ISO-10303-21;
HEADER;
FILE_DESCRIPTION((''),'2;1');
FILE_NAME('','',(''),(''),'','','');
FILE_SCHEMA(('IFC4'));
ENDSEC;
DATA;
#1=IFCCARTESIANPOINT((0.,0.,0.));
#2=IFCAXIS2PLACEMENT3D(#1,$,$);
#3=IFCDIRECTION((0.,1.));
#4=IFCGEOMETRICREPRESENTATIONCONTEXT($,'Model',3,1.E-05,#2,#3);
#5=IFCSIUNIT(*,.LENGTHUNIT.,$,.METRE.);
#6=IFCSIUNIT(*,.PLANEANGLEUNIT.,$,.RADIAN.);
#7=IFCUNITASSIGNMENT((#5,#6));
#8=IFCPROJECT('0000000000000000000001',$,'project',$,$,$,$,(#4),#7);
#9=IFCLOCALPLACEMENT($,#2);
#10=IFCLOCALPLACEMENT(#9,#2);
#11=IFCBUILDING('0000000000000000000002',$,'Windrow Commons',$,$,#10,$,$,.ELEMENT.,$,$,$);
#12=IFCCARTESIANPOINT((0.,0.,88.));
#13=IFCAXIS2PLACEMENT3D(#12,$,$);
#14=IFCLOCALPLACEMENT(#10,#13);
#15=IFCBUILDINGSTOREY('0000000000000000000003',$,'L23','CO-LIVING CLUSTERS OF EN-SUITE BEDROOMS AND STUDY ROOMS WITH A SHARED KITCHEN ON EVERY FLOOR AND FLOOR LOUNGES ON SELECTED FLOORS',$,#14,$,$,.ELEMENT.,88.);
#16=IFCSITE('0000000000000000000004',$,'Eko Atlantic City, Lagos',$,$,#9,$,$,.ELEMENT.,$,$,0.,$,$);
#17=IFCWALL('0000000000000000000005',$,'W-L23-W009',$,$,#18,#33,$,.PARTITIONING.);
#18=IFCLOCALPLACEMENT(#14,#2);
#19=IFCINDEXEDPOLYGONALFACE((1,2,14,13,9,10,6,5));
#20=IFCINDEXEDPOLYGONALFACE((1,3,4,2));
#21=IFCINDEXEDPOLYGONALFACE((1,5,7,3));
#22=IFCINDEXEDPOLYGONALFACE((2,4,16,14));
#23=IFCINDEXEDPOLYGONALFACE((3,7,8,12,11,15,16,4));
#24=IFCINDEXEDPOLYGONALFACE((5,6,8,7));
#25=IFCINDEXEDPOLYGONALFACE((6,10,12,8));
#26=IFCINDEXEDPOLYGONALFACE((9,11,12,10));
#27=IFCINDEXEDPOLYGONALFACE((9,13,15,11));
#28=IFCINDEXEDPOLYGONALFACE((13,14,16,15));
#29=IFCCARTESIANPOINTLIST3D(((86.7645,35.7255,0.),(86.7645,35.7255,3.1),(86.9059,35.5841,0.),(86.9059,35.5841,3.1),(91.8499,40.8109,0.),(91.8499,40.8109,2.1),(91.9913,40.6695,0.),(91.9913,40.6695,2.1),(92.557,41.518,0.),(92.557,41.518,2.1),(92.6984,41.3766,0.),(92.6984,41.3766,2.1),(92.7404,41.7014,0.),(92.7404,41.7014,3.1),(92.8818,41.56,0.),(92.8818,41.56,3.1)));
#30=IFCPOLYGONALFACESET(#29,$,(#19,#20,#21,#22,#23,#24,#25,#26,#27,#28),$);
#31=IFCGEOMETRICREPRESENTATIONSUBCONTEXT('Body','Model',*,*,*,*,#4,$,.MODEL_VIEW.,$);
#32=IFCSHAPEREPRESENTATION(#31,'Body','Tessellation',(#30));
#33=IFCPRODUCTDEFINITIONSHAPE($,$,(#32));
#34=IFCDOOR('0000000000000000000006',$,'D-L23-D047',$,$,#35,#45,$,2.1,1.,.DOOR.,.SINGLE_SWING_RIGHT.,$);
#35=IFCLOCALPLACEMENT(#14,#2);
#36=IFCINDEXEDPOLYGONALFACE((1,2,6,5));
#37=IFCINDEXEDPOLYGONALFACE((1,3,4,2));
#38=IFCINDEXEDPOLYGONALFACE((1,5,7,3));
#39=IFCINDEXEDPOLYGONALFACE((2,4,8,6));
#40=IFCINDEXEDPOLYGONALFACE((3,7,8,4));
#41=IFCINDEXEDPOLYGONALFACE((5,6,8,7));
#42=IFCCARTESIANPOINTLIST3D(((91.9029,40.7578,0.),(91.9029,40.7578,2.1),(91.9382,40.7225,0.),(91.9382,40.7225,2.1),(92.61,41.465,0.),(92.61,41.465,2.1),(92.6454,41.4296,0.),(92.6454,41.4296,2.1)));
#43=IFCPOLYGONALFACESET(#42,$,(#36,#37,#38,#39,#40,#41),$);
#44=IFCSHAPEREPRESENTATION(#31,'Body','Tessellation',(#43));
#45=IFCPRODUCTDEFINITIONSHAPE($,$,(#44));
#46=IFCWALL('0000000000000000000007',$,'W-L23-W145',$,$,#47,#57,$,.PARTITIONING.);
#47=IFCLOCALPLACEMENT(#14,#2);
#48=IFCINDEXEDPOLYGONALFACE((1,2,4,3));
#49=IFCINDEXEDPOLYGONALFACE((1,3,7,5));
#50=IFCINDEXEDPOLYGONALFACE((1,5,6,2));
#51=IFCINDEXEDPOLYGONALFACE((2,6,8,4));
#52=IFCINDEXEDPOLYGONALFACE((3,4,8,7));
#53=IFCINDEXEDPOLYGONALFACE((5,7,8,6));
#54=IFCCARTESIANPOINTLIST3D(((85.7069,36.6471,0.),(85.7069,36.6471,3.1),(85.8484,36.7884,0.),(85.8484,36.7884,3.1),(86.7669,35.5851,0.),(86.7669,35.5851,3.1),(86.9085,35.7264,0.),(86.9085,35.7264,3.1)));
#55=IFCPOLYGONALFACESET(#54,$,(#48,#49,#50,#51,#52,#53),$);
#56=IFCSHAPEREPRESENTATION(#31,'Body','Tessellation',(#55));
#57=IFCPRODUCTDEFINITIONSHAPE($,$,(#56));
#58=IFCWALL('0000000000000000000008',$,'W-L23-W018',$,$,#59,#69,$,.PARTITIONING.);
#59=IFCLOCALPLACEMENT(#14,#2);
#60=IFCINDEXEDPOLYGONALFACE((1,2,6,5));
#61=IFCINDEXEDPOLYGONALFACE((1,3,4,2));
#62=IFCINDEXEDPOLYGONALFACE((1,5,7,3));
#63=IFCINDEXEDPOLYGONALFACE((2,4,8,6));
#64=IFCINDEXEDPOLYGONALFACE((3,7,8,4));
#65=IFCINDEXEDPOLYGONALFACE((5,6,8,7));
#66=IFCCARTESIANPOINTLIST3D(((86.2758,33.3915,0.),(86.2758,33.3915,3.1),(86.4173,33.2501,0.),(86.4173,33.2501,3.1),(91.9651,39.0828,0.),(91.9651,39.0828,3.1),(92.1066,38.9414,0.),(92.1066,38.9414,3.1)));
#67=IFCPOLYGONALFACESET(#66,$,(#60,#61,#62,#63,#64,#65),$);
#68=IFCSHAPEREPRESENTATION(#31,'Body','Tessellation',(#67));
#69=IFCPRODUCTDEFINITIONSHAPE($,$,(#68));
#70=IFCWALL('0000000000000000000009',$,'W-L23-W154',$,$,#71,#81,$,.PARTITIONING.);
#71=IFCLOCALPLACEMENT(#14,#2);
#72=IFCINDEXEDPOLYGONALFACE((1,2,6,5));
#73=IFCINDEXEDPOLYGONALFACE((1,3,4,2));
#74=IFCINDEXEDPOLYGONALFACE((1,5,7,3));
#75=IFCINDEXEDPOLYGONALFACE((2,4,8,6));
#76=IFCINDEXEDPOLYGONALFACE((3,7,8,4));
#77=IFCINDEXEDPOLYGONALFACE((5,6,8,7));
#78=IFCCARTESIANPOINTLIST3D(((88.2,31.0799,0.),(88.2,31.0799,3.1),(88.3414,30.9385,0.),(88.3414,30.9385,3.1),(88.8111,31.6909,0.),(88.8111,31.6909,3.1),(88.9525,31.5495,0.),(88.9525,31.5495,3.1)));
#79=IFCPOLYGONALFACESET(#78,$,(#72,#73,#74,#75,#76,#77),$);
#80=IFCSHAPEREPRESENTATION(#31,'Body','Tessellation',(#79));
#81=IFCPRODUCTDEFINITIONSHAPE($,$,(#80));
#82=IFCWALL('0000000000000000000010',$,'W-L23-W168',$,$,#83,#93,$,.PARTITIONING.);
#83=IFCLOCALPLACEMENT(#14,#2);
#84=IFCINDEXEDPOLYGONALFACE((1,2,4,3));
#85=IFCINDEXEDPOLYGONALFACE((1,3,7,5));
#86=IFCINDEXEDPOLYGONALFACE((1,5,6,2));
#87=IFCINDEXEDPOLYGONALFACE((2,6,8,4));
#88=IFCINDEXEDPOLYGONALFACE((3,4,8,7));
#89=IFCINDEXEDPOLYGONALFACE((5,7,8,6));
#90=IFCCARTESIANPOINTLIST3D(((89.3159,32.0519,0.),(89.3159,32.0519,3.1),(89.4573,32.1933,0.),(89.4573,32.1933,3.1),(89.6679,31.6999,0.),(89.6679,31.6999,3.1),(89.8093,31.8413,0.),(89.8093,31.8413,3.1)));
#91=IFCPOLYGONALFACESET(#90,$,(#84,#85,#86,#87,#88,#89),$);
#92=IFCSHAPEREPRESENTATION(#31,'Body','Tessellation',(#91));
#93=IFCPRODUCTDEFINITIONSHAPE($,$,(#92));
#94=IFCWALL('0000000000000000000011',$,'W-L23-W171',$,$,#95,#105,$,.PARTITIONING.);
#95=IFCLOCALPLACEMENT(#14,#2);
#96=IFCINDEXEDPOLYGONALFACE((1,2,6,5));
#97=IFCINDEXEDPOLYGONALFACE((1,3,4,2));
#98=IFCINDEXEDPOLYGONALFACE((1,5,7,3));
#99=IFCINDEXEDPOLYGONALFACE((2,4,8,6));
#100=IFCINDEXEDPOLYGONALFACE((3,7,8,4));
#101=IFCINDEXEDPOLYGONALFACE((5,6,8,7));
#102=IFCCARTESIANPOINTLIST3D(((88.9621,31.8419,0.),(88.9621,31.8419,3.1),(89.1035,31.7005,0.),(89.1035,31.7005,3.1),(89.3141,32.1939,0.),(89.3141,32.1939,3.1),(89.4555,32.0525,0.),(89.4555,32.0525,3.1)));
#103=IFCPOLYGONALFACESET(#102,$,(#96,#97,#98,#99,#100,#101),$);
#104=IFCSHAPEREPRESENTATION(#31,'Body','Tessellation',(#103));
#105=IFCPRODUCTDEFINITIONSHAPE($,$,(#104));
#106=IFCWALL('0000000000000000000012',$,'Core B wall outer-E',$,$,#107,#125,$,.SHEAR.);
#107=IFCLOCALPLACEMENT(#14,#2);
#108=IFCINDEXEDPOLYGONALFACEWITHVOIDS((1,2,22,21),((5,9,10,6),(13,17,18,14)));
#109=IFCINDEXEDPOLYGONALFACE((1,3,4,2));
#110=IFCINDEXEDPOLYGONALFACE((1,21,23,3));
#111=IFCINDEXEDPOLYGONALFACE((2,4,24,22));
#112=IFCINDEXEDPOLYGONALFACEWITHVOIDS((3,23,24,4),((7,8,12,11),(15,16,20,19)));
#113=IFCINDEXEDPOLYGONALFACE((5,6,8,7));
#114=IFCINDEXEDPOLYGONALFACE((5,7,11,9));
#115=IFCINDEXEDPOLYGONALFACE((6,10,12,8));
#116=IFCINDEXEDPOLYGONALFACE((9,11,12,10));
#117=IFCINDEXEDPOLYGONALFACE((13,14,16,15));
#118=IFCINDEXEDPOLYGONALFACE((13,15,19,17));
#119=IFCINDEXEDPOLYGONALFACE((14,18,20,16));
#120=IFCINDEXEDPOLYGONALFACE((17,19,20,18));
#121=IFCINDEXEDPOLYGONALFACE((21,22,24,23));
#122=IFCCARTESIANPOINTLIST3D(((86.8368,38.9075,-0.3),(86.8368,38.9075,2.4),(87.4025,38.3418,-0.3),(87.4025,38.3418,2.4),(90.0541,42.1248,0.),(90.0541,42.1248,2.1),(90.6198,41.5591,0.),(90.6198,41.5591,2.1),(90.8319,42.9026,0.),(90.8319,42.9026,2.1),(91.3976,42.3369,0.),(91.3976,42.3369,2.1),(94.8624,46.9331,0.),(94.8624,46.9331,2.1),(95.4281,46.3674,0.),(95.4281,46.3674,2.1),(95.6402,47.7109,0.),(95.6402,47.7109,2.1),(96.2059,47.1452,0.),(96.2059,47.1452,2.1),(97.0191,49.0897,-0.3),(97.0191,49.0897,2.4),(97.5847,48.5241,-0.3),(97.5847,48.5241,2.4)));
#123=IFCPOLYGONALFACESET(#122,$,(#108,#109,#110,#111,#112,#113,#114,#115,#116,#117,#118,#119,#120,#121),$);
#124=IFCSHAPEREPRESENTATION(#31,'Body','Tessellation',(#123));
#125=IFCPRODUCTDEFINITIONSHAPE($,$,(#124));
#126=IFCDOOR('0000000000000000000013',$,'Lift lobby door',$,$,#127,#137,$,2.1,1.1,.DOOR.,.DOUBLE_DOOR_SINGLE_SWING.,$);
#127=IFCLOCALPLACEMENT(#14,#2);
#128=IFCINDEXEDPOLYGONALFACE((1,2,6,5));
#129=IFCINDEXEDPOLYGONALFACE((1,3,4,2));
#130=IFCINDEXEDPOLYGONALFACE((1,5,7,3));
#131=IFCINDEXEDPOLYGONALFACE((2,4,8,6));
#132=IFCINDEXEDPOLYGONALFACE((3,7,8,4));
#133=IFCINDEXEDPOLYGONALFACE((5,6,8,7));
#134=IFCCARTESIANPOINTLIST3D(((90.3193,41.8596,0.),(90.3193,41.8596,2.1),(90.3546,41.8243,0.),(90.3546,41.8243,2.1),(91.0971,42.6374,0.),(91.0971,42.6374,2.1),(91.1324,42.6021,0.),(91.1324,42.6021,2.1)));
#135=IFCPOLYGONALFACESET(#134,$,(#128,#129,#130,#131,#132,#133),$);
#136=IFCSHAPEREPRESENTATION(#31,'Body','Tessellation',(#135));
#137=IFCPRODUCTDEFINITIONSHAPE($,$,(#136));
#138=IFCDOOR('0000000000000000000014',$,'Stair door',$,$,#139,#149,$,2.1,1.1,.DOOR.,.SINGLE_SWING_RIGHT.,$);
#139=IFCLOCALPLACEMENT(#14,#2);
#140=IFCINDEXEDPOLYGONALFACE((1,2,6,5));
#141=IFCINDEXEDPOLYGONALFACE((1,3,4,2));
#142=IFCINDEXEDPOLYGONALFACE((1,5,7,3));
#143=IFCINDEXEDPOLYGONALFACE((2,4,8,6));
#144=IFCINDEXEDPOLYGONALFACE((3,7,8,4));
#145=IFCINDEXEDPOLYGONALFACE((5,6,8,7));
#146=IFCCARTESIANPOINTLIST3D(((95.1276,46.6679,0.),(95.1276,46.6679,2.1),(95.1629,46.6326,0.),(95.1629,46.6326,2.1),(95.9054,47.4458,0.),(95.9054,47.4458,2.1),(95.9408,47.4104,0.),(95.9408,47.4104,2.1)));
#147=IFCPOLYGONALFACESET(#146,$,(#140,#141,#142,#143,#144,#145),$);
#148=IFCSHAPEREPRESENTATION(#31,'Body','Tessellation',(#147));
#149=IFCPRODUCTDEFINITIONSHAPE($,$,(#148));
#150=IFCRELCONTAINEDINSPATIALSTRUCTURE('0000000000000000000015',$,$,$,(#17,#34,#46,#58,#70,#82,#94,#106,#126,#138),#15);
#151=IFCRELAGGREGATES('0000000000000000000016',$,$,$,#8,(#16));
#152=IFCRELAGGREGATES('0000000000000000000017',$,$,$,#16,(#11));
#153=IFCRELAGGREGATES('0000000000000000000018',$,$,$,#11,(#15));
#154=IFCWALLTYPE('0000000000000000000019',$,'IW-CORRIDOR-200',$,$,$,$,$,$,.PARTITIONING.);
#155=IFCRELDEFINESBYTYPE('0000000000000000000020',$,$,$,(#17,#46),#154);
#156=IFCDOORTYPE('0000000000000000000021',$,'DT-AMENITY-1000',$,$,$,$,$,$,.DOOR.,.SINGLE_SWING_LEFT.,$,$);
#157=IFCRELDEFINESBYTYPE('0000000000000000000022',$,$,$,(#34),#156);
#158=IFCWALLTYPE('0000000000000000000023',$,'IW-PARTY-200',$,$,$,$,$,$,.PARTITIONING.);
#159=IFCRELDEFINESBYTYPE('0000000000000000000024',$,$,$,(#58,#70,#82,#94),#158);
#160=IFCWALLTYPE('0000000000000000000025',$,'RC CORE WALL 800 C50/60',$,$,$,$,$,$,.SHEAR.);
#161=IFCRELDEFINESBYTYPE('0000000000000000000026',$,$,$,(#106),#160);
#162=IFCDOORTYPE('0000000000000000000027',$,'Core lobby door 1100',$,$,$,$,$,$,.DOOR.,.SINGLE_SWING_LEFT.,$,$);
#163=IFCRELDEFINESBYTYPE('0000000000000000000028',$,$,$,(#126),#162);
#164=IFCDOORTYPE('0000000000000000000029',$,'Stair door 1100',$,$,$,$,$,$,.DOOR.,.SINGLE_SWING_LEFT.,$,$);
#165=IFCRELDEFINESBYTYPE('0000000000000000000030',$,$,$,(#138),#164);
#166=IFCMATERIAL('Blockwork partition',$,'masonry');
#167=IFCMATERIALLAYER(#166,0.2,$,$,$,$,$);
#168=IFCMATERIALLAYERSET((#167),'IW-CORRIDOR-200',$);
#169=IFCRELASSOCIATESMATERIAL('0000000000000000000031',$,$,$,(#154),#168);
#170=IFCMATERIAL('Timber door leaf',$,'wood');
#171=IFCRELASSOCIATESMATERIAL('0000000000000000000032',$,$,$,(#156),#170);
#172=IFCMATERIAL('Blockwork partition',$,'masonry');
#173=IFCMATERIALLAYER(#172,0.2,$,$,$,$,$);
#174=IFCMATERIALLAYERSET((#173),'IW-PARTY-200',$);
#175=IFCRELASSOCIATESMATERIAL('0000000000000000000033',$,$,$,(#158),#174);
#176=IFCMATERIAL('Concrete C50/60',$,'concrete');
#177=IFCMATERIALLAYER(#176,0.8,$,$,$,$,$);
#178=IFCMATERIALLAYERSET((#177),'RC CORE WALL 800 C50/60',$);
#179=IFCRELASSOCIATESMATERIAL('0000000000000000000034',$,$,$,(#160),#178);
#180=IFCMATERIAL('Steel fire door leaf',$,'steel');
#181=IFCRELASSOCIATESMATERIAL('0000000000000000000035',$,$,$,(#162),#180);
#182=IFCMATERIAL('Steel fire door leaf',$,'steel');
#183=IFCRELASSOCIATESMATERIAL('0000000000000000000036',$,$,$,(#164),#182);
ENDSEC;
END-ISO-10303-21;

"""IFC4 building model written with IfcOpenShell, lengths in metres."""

from ifc_helpers import new_model, si_unit, direction, frame, frame_2d, origin, place, context, subcontext, project, spatial, rectangle, extrude, material, layer, layer_set, type_object, element, fill, save


model = new_model("IFC4")

# Units and contexts
model_context = context("Model", 3, precision=1e-05, world=origin(), true_north=direction((0.0, 1.0)))
body_context = subcontext(model_context, "Body", "Model", "MODEL_VIEW")
ifc_project = project(units=[si_unit("LENGTHUNIT", "METRE"), si_unit("PLANEANGLEUNIT", "RADIAN")], contexts=[model_context])

# Site, building, storey
site_placement = place(None, origin())
site = spatial("IfcSite", under=ifc_project, at=site_placement, Name="Eko Atlantic City, Lagos", CompositionType="ELEMENT", RefElevation=0.0)
building_placement = place(site_placement, origin())
building = spatial("IfcBuilding", under=site, at=building_placement, Name="Windrow Commons", CompositionType="ELEMENT")
storey_placement = place(building_placement, frame((0.0, 0.0, 88.0)))
storey = spatial("IfcBuildingStorey", under=building, at=storey_placement, Name="L23", Description="CO-LIVING CLUSTERS OF EN-SUITE BEDROOMS AND STUDY ROOMS WITH A SHARED KITCHEN ON EVERY FLOOR AND FLOOR LOUNGES ON SELECTED FLOORS", CompositionType="ELEMENT", Elevation=88.0)

# Wall, opening, door
ifc_material_1 = material(Name="Blockwork partition", Category="masonry")
ifc_layer_1 = layer(ifc_material_1, 0.2)
ifc_layer_set_1 = layer_set([ifc_layer_1], Name="IW-CORRIDOR-200")
wall_type_1 = type_object("IfcWallType", Name="IW-CORRIDOR-200", PredefinedType="PARTITIONING", material=ifc_layer_set_1)
wall_1_placement = place(storey_placement, frame((86.8352, 35.6548, 0.0), z_axis=(0.0, 0.0, 1.0), x_axis=(0.707107, 0.707107, 0.0)))
wall_1 = element("IfcWall", 1, at=wall_1_placement, inside=storey, type_object=wall_type_1, Name="W-L23-W009", PredefinedType="PARTITIONING", context=body_context, shape_type="SweptSolid", body=[
    extrude(rectangle(XDim=8.4513, YDim=0.2, at=frame_2d((4.2256, 0.0))), origin(), (0.0, 0.0, 1.0), 3.1),
])
opening_1_placement = place(wall_1_placement, frame((7.1918, 0.0, 0.0)))
opening_1 = element("IfcOpeningElement", 2, at=opening_1_placement, cuts=wall_1, PredefinedType="OPENING", context=body_context, shape_type="SweptSolid", body=[
    extrude(rectangle(XDim=1.0, YDim=2.1, at=frame_2d((0.5, 1.05))), frame((0.0, 0.11, 0.0), z_axis=(0.0, -1.0, 0.0), x_axis=(1.0, 0.0, 0.0)), (0.0, 0.0, 1.0), 0.22),
])
ifc_material_2 = material(Name="Timber door leaf", Category="wood")
door_type_1 = type_object("IfcDoorType", Name="DT-AMENITY-1000", OperationType="SINGLE_SWING_LEFT", PredefinedType="DOOR", material=ifc_material_2)
door_1_placement = place(opening_1_placement, origin())
door_1 = element("IfcDoor", 3, at=door_1_placement, inside=storey, type_object=door_type_1, Name="D-L23-D047", OperationType="SINGLE_SWING_RIGHT", OverallHeight=2.1, OverallWidth=1.0, PredefinedType="DOOR", context=body_context, shape_type="SweptSolid", body=[
    extrude(rectangle(XDim=1.0, YDim=2.1, at=frame_2d((0.5, 1.05))), frame((0.0, 0.025, 0.0), z_axis=(0.0, -1.0, 0.0), x_axis=(1.0, 0.0, 0.0)), (0.0, 0.0, 1.0), 0.05),
])
fill(opening_1, door_1)

# Walls
wall_2_placement = place(storey_placement, frame((85.7777, 36.7177, 0.0), z_axis=(0.0, 0.0, 1.0), x_axis=(0.70644, -0.707773, 0.0)))
element("IfcWall", 4, at=wall_2_placement, inside=storey, type_object=wall_type_1, Name="W-L23-W145", PredefinedType="PARTITIONING", context=body_context, shape_type="SweptSolid", body=[
    extrude(rectangle(XDim=1.5005, YDim=0.2, at=frame_2d((0.7502, 0.0))), origin(), (0.0, 0.0, 1.0), 3.1),
])
ifc_material_3 = material(Name="Blockwork partition", Category="masonry")
ifc_layer_2 = layer(ifc_material_3, 0.2)
ifc_layer_set_2 = layer_set([ifc_layer_2], Name="IW-PARTY-200")
wall_type_2 = type_object("IfcWallType", Name="IW-PARTY-200", PredefinedType="PARTITIONING", material=ifc_layer_set_2)
wall_3_placement = place(storey_placement, frame((86.3466, 33.3208, 0.0), z_axis=(0.0, 0.0, 1.0), x_axis=(0.706983, 0.707231, 0.0)))
element("IfcWall", 5, at=wall_3_placement, inside=storey, type_object=wall_type_2, Name="W-L23-W018", PredefinedType="PARTITIONING", context=body_context, shape_type="SweptSolid", body=[
    extrude(rectangle(XDim=8.0473, YDim=0.2, at=frame_2d((4.0236, 0.0))), origin(), (0.0, 0.0, 1.0), 3.1),
])
wall_4_placement = place(storey_placement, frame((88.2707, 31.0092, 0.0), z_axis=(0.0, 0.0, 1.0), x_axis=(0.707165, 0.707049, 0.0)))
element("IfcWall", 6, at=wall_4_placement, inside=storey, type_object=wall_type_2, Name="W-L23-W154", PredefinedType="PARTITIONING", context=body_context, shape_type="SweptSolid", body=[
    extrude(rectangle(XDim=0.8642, YDim=0.2, at=frame_2d((0.4321, 0.0))), origin(), (0.0, 0.0, 1.0), 3.1),
])
for number, where, z_axis, x_axis, name in (
    (7, (89.3866, 32.1226, 0.0), (0.0, 0.0, 1.0), (0.707107, -0.707107, 0.0), "W-L23-W168"),
    (8, (89.0328, 31.7712, 0.0), (0.0, 0.0, 1.0), (0.707107, 0.707107, 0.0), "W-L23-W171"),
):
    element("IfcWall", number, at=place(storey_placement, frame(where, z_axis=z_axis, x_axis=x_axis)), inside=storey, type_object=wall_type_2, Name=name, PredefinedType="PARTITIONING", context=body_context, shape_type="SweptSolid", body=[
        extrude(rectangle(XDim=0.4978, YDim=0.2, at=frame_2d((0.2489, 0.0))), origin(), (0.0, 0.0, 1.0), 3.1),
    ])

# Wall, openings, doors
ifc_material_4 = material(Name="Concrete C50/60", Category="concrete")
ifc_layer_3 = layer(ifc_material_4, 0.8)
ifc_layer_set_3 = layer_set([ifc_layer_3], Name="RC CORE WALL 800 C50/60")
wall_type_3 = type_object("IfcWallType", Name="RC CORE WALL 800 C50/60", PredefinedType="SHEAR", material=ifc_layer_set_3)
wall_5_placement = place(storey_placement, frame((87.1196, 38.6246, -0.3), z_axis=(0.0, 0.0, 1.0), x_axis=(0.707107, 0.707107, 0.0)))
wall_5 = element("IfcWall", 9, at=wall_5_placement, inside=storey, type_object=wall_type_3, Name="Core B wall outer-E", PredefinedType="SHEAR", context=body_context, shape_type="SweptSolid", body=[
    extrude(rectangle(XDim=14.3999, YDim=0.8, at=frame_2d((7.2, 0.0))), origin(), (0.0, 0.0, 1.0), 2.7),
])
opening_2_placement = place(wall_5_placement, frame((4.55, 0.0, 0.3)))
opening_2 = element("IfcOpeningElement", 10, at=opening_2_placement, cuts=wall_5, PredefinedType="OPENING", context=body_context, shape_type="SweptSolid", body=[
    extrude(rectangle(XDim=1.1, YDim=2.1, at=frame_2d((0.55, 1.05))), frame((0.0, 0.41, 0.0), z_axis=(0.0, -1.0, 0.0), x_axis=(1.0, 0.0, 0.0)), (0.0, 0.0, 1.0), 0.82),
])
opening_3_placement = place(wall_5_placement, frame((11.35, 0.0, 0.3)))
opening_3 = element("IfcOpeningElement", 11, at=opening_3_placement, cuts=wall_5, PredefinedType="OPENING", context=body_context, shape_type="SweptSolid", body=[
    extrude(rectangle(XDim=1.1, YDim=2.1, at=frame_2d((0.55, 1.05))), frame((0.0, 0.41, 0.0), z_axis=(0.0, -1.0, 0.0), x_axis=(1.0, 0.0, 0.0)), (0.0, 0.0, 1.0), 0.82),
])
ifc_material_5 = material(Name="Steel fire door leaf", Category="steel")
door_type_2 = type_object("IfcDoorType", Name="Core lobby door 1100", OperationType="SINGLE_SWING_LEFT", PredefinedType="DOOR", material=ifc_material_5)
door_2_placement = place(opening_2_placement, origin())
door_2 = element("IfcDoor", 12, at=door_2_placement, inside=storey, type_object=door_type_2, Name="Lift lobby door", OperationType="DOUBLE_DOOR_SINGLE_SWING", OverallHeight=2.1, OverallWidth=1.1, PredefinedType="DOOR", context=body_context, shape_type="SweptSolid", body=[
    extrude(rectangle(XDim=1.1, YDim=2.1, at=frame_2d((0.55, 1.05))), frame((0.0, 0.025, 0.0), z_axis=(0.0, -1.0, 0.0), x_axis=(1.0, 0.0, 0.0)), (0.0, 0.0, 1.0), 0.05),
])
fill(opening_2, door_2)
ifc_material_6 = material(Name="Steel fire door leaf", Category="steel")
door_type_3 = type_object("IfcDoorType", Name="Stair door 1100", OperationType="SINGLE_SWING_LEFT", PredefinedType="DOOR", material=ifc_material_6)
door_3_placement = place(opening_3_placement, origin())
door_3 = element("IfcDoor", 13, at=door_3_placement, inside=storey, type_object=door_type_3, Name="Stair door", OperationType="SINGLE_SWING_RIGHT", OverallHeight=2.1, OverallWidth=1.1, PredefinedType="DOOR", context=body_context, shape_type="SweptSolid", body=[
    extrude(rectangle(XDim=1.1, YDim=2.1, at=frame_2d((0.55, 1.05))), frame((0.0, 0.025, 0.0), z_axis=(0.0, -1.0, 0.0), x_axis=(1.0, 0.0, 0.0)), (0.0, 0.0, 1.0), 0.05),
])
fill(opening_3, door_3)

save(model, "model.ifc")
